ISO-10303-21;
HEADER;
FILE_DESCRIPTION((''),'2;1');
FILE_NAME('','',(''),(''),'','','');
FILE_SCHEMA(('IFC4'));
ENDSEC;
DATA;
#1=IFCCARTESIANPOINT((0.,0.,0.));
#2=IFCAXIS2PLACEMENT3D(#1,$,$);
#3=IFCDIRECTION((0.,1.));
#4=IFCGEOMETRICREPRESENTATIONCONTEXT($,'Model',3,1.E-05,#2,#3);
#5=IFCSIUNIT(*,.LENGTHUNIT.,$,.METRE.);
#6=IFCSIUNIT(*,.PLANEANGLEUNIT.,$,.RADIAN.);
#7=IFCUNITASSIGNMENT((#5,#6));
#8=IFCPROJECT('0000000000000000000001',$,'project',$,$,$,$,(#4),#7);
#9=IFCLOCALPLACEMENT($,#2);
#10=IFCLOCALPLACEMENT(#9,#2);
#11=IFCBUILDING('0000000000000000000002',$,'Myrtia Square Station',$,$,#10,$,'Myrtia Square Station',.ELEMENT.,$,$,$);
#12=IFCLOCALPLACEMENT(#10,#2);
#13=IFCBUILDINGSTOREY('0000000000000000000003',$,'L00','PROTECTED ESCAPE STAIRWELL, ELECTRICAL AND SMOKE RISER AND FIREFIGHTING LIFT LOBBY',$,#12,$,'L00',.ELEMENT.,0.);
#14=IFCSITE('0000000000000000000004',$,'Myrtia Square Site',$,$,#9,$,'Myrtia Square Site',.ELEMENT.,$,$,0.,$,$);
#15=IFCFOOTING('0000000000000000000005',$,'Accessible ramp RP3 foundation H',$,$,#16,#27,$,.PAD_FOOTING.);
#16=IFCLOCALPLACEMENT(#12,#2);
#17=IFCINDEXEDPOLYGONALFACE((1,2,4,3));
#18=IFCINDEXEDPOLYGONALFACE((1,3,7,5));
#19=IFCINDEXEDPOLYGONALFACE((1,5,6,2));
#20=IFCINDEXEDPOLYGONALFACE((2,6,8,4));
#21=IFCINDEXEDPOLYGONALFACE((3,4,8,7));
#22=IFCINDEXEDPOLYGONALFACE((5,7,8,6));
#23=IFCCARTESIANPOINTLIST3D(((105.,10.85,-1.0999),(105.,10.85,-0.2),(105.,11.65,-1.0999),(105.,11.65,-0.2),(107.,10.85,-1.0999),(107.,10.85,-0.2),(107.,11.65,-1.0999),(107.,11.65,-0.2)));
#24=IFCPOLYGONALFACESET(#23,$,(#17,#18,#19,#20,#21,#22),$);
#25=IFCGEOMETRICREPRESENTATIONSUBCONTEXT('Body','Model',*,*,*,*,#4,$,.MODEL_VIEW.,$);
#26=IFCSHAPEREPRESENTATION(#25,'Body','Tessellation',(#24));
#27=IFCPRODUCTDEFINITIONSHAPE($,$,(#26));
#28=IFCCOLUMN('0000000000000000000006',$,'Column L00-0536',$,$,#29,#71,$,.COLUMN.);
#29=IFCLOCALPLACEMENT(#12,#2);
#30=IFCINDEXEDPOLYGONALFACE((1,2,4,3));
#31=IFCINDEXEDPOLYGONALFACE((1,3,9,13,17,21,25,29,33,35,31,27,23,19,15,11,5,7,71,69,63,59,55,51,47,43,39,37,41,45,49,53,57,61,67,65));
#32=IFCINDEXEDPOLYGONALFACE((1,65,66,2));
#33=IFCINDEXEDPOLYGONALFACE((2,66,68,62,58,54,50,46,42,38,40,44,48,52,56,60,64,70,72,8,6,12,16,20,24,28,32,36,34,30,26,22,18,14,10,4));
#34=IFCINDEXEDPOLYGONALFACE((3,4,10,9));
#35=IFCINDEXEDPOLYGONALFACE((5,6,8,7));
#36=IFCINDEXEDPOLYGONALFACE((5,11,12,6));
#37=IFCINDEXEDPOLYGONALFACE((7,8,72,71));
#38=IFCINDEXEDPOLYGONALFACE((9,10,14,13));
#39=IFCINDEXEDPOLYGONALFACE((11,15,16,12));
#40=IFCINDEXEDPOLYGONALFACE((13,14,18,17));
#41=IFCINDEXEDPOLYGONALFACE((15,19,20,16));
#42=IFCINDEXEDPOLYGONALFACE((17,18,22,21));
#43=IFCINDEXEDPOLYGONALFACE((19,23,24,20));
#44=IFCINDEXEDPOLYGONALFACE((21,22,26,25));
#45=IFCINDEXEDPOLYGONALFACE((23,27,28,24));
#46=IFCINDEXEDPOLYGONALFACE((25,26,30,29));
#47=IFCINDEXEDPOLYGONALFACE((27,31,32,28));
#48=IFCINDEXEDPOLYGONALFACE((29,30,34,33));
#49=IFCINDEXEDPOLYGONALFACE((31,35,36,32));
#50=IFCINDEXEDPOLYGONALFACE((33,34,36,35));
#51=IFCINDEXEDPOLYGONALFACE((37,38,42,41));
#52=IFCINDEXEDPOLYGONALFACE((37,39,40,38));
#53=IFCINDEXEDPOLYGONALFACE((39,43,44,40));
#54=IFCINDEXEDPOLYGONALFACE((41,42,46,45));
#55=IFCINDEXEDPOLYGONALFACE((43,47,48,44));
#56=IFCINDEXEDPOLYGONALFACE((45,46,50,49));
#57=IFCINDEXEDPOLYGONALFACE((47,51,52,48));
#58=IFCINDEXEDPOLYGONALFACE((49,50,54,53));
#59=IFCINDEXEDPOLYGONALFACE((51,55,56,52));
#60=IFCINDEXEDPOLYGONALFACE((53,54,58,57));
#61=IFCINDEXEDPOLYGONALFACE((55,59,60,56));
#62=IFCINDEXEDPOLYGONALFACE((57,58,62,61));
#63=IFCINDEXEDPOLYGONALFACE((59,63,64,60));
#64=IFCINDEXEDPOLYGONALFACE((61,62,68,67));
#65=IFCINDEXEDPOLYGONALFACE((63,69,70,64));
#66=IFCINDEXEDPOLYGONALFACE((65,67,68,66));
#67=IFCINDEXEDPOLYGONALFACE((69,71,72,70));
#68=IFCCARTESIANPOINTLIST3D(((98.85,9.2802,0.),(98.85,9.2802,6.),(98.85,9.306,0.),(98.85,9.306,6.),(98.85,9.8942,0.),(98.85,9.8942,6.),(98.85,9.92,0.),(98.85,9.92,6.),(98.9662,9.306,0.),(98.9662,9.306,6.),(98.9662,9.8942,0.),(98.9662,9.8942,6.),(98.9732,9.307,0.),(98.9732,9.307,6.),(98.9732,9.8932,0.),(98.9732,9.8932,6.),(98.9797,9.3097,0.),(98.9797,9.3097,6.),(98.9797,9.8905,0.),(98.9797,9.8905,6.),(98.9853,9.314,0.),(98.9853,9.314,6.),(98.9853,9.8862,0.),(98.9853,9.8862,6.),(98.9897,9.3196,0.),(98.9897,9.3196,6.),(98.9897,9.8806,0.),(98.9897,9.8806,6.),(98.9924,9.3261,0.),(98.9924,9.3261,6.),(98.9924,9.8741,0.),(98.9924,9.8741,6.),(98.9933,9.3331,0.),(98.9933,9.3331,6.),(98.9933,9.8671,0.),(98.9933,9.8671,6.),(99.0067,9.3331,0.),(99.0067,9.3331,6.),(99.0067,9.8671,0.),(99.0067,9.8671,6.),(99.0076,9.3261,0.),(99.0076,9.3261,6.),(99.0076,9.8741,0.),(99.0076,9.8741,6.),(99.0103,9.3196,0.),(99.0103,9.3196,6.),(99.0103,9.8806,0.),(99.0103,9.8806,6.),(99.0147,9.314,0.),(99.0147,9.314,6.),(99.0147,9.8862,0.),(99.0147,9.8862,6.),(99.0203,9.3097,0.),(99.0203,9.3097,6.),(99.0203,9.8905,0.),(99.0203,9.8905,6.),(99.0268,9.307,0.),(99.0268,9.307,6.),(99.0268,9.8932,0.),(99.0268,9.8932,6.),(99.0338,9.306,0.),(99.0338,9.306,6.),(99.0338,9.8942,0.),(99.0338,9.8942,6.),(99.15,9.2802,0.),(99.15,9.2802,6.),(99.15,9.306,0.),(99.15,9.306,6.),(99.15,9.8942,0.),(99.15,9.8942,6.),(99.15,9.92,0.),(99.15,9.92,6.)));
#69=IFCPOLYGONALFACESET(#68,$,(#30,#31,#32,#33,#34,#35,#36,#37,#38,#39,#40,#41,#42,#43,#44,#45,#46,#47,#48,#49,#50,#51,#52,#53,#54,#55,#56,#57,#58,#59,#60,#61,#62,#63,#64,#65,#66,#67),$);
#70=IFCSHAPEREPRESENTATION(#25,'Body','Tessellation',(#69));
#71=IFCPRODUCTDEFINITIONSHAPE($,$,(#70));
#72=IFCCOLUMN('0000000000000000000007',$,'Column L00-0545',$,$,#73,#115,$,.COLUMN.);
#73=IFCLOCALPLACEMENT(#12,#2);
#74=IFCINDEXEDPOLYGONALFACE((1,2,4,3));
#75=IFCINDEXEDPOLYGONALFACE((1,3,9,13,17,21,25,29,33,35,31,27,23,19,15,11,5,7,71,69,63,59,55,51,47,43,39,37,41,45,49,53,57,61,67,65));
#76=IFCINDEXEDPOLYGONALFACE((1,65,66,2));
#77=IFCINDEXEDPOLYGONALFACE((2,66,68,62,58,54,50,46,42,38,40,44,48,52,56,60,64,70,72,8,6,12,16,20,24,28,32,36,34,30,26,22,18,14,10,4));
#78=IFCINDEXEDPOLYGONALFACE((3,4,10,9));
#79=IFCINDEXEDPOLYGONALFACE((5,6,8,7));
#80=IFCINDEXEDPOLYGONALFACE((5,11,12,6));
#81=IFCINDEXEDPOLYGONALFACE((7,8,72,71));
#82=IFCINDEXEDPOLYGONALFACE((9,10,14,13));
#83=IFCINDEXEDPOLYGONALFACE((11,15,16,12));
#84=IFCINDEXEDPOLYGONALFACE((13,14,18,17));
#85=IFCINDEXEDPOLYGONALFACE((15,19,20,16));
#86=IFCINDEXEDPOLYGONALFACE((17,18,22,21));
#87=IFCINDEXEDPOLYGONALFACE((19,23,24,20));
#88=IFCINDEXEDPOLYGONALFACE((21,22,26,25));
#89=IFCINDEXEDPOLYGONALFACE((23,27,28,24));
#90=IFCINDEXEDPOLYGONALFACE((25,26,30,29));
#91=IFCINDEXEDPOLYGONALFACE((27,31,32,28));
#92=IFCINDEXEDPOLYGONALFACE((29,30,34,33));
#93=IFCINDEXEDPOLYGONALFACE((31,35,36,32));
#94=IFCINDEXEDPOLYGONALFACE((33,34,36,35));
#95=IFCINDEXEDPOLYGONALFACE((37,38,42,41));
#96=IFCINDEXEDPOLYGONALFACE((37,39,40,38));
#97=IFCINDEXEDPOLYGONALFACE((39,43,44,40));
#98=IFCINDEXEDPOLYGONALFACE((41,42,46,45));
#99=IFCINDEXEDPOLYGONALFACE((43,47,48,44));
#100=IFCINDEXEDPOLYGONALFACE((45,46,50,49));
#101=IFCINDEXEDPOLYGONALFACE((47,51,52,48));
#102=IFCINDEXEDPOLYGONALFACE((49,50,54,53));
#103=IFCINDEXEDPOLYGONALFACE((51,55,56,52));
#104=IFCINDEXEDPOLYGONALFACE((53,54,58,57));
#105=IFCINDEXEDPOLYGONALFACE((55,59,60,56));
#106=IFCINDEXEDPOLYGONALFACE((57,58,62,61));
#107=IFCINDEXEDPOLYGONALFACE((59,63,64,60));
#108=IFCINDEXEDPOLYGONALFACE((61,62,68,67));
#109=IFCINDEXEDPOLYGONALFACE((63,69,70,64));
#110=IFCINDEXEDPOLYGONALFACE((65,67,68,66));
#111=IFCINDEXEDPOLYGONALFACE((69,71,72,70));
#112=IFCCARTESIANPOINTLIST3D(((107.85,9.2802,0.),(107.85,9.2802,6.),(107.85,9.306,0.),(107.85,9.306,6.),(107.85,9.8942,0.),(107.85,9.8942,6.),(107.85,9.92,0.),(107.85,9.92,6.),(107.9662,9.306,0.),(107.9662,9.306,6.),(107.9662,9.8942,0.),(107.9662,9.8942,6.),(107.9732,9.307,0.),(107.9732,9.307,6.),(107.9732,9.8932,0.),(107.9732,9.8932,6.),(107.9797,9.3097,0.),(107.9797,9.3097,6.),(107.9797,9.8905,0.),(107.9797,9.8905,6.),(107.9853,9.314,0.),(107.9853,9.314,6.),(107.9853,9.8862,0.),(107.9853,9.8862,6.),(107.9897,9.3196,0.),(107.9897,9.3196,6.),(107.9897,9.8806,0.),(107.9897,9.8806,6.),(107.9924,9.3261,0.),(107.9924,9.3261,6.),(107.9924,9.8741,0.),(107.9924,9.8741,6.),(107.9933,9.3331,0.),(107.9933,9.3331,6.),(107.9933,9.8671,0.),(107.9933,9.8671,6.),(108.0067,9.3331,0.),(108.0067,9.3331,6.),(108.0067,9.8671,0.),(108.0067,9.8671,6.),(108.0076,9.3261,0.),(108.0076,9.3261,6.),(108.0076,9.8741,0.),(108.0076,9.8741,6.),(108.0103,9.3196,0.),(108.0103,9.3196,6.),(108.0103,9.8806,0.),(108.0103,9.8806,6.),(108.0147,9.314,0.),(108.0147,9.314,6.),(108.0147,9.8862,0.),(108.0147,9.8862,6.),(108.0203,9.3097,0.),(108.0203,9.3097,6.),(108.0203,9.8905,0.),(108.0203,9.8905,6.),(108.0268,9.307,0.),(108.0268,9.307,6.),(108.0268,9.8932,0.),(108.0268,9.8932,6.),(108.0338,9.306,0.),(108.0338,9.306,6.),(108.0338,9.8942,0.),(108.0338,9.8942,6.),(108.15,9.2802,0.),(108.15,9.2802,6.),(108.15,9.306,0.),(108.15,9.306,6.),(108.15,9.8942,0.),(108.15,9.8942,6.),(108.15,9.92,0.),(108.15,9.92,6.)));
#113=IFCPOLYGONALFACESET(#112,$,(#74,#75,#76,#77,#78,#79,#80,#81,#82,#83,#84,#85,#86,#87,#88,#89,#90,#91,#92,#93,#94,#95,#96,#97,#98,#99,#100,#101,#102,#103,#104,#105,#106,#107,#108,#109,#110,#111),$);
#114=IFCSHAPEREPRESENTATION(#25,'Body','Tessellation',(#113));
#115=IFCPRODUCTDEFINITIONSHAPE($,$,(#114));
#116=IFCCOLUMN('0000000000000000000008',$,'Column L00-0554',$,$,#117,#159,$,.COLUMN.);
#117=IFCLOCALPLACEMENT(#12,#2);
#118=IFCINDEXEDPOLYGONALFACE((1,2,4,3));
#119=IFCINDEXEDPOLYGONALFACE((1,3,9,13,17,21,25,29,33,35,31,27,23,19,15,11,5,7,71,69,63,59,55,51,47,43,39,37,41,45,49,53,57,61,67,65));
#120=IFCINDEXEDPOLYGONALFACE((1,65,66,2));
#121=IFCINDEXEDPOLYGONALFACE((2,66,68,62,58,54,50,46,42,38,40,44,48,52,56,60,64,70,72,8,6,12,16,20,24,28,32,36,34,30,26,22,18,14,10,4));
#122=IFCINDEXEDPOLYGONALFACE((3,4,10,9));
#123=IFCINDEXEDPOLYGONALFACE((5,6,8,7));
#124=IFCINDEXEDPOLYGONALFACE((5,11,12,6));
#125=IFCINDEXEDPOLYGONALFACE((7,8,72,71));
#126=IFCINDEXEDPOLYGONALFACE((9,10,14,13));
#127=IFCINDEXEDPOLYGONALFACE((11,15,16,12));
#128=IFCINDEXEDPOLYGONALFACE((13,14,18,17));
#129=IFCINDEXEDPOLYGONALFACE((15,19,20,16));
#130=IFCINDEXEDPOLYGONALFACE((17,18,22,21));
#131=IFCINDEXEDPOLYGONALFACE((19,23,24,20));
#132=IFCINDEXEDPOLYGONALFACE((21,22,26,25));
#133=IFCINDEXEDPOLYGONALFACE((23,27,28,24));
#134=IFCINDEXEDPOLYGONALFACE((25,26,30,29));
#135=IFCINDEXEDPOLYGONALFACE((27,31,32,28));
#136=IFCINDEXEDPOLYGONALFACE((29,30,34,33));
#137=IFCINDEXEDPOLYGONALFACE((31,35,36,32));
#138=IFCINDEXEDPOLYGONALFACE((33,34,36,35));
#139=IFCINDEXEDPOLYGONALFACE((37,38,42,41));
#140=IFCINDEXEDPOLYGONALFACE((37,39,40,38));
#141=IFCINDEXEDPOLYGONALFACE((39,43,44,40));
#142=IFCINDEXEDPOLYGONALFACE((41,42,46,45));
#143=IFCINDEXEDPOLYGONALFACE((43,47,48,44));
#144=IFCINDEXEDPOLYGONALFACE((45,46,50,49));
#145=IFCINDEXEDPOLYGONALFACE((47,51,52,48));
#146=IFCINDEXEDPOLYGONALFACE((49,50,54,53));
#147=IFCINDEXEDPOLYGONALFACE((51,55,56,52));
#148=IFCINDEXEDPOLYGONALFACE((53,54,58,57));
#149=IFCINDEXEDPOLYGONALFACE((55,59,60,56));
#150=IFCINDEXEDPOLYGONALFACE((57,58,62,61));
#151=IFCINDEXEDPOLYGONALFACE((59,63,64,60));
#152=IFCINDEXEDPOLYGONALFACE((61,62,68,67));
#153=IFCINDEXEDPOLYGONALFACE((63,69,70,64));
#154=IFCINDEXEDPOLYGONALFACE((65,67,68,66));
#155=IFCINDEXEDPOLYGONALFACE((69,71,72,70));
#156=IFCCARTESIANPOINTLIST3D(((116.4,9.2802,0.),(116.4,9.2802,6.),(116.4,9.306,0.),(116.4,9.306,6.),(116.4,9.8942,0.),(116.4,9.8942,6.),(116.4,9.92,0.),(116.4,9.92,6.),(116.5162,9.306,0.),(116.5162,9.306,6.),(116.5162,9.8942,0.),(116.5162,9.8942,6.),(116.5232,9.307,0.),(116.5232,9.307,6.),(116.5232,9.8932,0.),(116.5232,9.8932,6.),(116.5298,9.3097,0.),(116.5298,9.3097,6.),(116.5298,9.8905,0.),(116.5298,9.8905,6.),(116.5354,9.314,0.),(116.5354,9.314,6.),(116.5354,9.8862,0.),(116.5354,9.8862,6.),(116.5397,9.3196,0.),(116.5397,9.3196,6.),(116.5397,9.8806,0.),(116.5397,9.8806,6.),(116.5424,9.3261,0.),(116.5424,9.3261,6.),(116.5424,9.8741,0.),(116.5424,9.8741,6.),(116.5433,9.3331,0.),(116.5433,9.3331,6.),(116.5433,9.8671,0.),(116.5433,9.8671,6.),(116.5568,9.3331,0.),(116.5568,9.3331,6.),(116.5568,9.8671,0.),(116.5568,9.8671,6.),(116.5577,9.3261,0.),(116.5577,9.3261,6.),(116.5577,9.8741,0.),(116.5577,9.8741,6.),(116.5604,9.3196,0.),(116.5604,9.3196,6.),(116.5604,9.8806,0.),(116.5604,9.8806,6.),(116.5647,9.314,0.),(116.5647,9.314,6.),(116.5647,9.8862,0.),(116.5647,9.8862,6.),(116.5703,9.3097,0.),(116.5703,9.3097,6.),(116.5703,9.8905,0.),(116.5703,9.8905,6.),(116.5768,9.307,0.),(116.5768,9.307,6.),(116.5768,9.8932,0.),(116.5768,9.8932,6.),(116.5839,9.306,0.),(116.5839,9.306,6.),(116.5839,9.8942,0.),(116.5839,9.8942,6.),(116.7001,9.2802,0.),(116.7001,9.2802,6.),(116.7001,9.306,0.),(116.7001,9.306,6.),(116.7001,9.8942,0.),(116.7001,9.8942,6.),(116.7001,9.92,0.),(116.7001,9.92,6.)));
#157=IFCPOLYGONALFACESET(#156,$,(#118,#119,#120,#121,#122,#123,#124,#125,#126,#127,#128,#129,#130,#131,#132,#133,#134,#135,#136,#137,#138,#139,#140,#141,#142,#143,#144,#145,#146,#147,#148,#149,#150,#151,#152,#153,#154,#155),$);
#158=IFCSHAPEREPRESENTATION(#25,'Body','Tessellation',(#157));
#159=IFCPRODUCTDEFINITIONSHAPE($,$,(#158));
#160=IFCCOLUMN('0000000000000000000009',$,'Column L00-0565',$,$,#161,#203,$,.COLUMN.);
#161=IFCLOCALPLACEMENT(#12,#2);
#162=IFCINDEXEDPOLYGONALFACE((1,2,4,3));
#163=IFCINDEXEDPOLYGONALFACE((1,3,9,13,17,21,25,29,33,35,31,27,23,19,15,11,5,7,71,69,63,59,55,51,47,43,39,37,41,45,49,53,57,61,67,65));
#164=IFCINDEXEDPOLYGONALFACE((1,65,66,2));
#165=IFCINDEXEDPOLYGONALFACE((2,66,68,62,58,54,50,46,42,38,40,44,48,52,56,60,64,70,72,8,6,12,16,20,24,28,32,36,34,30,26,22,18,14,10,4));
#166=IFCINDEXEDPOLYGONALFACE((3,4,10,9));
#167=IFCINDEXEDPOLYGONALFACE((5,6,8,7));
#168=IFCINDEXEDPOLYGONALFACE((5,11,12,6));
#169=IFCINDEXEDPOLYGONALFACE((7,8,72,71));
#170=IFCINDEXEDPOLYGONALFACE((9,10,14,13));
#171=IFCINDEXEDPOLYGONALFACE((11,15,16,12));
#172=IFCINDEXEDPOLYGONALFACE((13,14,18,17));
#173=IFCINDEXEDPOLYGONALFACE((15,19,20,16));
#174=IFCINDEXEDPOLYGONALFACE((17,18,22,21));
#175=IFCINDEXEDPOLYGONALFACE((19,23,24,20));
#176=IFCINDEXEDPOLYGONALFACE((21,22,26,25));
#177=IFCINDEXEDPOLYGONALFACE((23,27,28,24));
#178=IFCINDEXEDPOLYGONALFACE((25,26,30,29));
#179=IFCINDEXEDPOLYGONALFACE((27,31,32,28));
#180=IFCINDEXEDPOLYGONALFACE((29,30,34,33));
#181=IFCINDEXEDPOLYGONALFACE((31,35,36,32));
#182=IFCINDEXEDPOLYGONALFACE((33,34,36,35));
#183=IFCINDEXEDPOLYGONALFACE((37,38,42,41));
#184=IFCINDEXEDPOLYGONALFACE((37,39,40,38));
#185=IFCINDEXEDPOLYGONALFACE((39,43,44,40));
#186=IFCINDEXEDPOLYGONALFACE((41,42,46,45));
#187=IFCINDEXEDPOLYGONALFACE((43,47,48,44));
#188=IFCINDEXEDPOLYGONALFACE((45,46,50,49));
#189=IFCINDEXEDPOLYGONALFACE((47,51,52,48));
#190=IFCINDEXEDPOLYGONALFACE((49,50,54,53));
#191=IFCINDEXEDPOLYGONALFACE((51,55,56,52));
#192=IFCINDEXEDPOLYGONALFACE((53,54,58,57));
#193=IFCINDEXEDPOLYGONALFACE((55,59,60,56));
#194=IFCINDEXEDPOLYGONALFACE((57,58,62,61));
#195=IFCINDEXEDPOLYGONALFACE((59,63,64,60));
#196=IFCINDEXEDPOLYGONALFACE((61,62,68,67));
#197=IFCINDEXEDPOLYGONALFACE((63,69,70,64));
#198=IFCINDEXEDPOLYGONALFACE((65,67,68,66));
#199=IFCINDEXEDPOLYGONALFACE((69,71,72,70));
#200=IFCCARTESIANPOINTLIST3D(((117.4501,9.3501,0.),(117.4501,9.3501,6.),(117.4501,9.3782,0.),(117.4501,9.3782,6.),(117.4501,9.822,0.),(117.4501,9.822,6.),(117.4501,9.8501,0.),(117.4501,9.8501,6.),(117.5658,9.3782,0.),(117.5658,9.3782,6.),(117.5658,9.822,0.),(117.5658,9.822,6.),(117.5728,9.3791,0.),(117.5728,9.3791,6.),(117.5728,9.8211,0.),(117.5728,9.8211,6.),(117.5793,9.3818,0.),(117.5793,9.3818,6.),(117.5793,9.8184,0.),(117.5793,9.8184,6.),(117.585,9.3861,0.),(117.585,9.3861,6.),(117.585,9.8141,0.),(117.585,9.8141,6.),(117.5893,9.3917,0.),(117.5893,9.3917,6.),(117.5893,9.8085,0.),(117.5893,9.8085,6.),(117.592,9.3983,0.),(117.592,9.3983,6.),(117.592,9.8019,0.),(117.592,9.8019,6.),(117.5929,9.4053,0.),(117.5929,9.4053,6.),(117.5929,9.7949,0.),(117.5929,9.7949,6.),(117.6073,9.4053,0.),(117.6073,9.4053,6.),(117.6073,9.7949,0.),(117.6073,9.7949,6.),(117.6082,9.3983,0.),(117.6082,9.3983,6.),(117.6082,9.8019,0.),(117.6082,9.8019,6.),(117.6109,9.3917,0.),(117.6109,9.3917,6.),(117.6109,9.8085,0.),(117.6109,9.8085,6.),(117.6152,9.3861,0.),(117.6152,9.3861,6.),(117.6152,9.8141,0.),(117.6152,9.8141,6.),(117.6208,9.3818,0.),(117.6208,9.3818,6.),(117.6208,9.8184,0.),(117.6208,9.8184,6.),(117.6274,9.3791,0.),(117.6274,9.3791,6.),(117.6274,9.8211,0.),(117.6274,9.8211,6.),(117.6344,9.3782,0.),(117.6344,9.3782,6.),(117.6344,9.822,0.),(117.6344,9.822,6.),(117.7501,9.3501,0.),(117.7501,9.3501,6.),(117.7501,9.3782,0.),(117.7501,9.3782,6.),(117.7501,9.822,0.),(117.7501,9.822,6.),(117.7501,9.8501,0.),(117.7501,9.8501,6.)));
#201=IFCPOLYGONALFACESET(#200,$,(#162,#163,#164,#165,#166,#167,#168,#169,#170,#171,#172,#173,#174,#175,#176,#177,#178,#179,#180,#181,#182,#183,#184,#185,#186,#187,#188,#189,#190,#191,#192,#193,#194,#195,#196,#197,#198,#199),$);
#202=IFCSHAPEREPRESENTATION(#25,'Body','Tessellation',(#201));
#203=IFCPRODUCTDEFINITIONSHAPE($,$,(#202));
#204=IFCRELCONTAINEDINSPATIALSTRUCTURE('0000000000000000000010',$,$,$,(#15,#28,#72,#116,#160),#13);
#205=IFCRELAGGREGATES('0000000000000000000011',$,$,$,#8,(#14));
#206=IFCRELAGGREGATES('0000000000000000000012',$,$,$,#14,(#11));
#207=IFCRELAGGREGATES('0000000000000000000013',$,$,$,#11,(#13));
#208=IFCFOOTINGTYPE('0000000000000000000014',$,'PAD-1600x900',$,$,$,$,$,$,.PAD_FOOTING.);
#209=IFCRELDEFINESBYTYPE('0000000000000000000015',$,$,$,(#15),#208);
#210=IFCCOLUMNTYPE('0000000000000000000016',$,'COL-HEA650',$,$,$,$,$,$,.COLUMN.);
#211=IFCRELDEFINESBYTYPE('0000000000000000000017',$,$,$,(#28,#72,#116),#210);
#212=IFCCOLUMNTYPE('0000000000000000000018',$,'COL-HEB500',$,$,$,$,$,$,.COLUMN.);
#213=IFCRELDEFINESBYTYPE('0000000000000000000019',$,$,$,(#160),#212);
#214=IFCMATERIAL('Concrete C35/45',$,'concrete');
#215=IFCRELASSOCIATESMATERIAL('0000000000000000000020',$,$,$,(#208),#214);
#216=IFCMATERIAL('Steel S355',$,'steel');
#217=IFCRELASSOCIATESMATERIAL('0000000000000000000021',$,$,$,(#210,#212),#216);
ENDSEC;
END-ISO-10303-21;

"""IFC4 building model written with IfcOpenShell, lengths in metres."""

from ifc_helpers import new_model, si_unit, direction, frame, origin, origin_2d, place, context, subcontext, project, spatial, rectangle, i_section, extrude, material, material_profile, profile_set, type_object, element, save


model = new_model("IFC4")

# Units and contexts
model_context = context("Model", 3, precision=1e-05, world=origin(), true_north=direction((0.0, 1.0)))
body_context = subcontext(model_context, "Body", "Model", "MODEL_VIEW")
ifc_project = project(units=[si_unit("LENGTHUNIT", "METRE"), si_unit("PLANEANGLEUNIT", "RADIAN")], contexts=[model_context])

# Site, building, storey
site_placement = place(None, origin())
site = spatial("IfcSite", under=ifc_project, at=site_placement, Name="Myrtia Square Site", LongName="Myrtia Square Site", CompositionType="ELEMENT", RefElevation=0.0)
building_placement = place(site_placement, origin())
building = spatial("IfcBuilding", under=site, at=building_placement, Name="Myrtia Square Station", LongName="Myrtia Square Station", CompositionType="ELEMENT")
storey_placement = place(building_placement, origin())
storey = spatial("IfcBuildingStorey", under=building, at=storey_placement, Name="L00", Description="PROTECTED ESCAPE STAIRWELL, ELECTRICAL AND SMOKE RISER AND FIREFIGHTING LIFT LOBBY", LongName="L00", CompositionType="ELEMENT", Elevation=0.0)

# Footing
ifc_material_1 = material(Name="Concrete C35/45", Category="concrete")
footing_type = type_object("IfcFootingType", Name="PAD-1600x900", PredefinedType="PAD_FOOTING", material=ifc_material_1)
footing_placement = place(storey_placement, frame((106.0, 11.25, -1.0999), z_axis=(0.0, 0.0, 1.0), x_axis=(0.0, -1.0, 0.0)))
element("IfcFooting", 1, at=footing_placement, inside=storey, type_object=footing_type, Name="Accessible ramp RP3 foundation H", PredefinedType="PAD_FOOTING", context=body_context, shape_type="SweptSolid", body=[
    extrude(rectangle(XDim=0.8, YDim=2.0, at=origin_2d()), origin(), (0.0, 0.0, 1.0), 0.8999),
])

# Columns
ifc_material_2 = material(Name="Steel S355", Category="steel")
ifc_material_profile_1 = material_profile(ifc_material_2, i_section(OverallWidth=0.3, OverallDepth=0.6399, WebThickness=0.0134, FlangeThickness=0.0259, FilletRadius=0.0271, at=origin_2d()), Name="HEA 650")
ifc_profile_set_1 = profile_set([ifc_material_profile_1], Name="Steel S355")
column_type_1 = type_object("IfcColumnType", Name="COL-HEA650", PredefinedType="COLUMN", material=ifc_profile_set_1)
for number, where, z_axis, x_axis, name in (
    (2, (99.0, 9.6001, 0.0), (0.0, 0.0, 1.0), (1.0, 0.0, 0.0), "Column L00-0536"),
    (3, (108.0, 9.6001, 0.0), (0.0, 0.0, 1.0), (1.0, 0.0, 0.0), "Column L00-0545"),
    (4, (116.55, 9.6001, 0.0), (0.0, 0.0, 1.0), (1.0, 0.0, 0.0), "Column L00-0554"),
):
    element("IfcColumn", number, at=place(storey_placement, frame(where, z_axis=z_axis, x_axis=x_axis)), inside=storey, type_object=column_type_1, Name=name, PredefinedType="COLUMN", context=body_context, shape_type="SweptSolid", body=[
        extrude(i_section(OverallWidth=0.3, OverallDepth=0.6399, WebThickness=0.0134, FlangeThickness=0.0259, FilletRadius=0.0271, at=origin_2d()), origin(), (0.0, 0.0, 1.0), 6.0),
    ])
ifc_material_profile_2 = material_profile(ifc_material_2, i_section(OverallWidth=0.3, OverallDepth=0.5, WebThickness=0.0144, FlangeThickness=0.0281, FilletRadius=0.0271, at=origin_2d()), Name="HEB 500")
ifc_profile_set_2 = profile_set([ifc_material_profile_2], Name="Steel S355")
column_type_2 = type_object("IfcColumnType", Name="COL-HEB500", PredefinedType="COLUMN", material=ifc_profile_set_2)
column_placement = place(storey_placement, frame((117.6001, 9.6001, 0.0), z_axis=(0.0, 0.0, 1.0), x_axis=(1.0, 0.0, 0.0)))
element("IfcColumn", 5, at=column_placement, inside=storey, type_object=column_type_2, Name="Column L00-0565", PredefinedType="COLUMN", context=body_context, shape_type="SweptSolid", body=[
    extrude(i_section(OverallWidth=0.3, OverallDepth=0.5, WebThickness=0.0144, FlangeThickness=0.0281, FilletRadius=0.0271, at=origin_2d()), origin(), (0.0, 0.0, 1.0), 6.0),
])

save(model, "model.ifc")
